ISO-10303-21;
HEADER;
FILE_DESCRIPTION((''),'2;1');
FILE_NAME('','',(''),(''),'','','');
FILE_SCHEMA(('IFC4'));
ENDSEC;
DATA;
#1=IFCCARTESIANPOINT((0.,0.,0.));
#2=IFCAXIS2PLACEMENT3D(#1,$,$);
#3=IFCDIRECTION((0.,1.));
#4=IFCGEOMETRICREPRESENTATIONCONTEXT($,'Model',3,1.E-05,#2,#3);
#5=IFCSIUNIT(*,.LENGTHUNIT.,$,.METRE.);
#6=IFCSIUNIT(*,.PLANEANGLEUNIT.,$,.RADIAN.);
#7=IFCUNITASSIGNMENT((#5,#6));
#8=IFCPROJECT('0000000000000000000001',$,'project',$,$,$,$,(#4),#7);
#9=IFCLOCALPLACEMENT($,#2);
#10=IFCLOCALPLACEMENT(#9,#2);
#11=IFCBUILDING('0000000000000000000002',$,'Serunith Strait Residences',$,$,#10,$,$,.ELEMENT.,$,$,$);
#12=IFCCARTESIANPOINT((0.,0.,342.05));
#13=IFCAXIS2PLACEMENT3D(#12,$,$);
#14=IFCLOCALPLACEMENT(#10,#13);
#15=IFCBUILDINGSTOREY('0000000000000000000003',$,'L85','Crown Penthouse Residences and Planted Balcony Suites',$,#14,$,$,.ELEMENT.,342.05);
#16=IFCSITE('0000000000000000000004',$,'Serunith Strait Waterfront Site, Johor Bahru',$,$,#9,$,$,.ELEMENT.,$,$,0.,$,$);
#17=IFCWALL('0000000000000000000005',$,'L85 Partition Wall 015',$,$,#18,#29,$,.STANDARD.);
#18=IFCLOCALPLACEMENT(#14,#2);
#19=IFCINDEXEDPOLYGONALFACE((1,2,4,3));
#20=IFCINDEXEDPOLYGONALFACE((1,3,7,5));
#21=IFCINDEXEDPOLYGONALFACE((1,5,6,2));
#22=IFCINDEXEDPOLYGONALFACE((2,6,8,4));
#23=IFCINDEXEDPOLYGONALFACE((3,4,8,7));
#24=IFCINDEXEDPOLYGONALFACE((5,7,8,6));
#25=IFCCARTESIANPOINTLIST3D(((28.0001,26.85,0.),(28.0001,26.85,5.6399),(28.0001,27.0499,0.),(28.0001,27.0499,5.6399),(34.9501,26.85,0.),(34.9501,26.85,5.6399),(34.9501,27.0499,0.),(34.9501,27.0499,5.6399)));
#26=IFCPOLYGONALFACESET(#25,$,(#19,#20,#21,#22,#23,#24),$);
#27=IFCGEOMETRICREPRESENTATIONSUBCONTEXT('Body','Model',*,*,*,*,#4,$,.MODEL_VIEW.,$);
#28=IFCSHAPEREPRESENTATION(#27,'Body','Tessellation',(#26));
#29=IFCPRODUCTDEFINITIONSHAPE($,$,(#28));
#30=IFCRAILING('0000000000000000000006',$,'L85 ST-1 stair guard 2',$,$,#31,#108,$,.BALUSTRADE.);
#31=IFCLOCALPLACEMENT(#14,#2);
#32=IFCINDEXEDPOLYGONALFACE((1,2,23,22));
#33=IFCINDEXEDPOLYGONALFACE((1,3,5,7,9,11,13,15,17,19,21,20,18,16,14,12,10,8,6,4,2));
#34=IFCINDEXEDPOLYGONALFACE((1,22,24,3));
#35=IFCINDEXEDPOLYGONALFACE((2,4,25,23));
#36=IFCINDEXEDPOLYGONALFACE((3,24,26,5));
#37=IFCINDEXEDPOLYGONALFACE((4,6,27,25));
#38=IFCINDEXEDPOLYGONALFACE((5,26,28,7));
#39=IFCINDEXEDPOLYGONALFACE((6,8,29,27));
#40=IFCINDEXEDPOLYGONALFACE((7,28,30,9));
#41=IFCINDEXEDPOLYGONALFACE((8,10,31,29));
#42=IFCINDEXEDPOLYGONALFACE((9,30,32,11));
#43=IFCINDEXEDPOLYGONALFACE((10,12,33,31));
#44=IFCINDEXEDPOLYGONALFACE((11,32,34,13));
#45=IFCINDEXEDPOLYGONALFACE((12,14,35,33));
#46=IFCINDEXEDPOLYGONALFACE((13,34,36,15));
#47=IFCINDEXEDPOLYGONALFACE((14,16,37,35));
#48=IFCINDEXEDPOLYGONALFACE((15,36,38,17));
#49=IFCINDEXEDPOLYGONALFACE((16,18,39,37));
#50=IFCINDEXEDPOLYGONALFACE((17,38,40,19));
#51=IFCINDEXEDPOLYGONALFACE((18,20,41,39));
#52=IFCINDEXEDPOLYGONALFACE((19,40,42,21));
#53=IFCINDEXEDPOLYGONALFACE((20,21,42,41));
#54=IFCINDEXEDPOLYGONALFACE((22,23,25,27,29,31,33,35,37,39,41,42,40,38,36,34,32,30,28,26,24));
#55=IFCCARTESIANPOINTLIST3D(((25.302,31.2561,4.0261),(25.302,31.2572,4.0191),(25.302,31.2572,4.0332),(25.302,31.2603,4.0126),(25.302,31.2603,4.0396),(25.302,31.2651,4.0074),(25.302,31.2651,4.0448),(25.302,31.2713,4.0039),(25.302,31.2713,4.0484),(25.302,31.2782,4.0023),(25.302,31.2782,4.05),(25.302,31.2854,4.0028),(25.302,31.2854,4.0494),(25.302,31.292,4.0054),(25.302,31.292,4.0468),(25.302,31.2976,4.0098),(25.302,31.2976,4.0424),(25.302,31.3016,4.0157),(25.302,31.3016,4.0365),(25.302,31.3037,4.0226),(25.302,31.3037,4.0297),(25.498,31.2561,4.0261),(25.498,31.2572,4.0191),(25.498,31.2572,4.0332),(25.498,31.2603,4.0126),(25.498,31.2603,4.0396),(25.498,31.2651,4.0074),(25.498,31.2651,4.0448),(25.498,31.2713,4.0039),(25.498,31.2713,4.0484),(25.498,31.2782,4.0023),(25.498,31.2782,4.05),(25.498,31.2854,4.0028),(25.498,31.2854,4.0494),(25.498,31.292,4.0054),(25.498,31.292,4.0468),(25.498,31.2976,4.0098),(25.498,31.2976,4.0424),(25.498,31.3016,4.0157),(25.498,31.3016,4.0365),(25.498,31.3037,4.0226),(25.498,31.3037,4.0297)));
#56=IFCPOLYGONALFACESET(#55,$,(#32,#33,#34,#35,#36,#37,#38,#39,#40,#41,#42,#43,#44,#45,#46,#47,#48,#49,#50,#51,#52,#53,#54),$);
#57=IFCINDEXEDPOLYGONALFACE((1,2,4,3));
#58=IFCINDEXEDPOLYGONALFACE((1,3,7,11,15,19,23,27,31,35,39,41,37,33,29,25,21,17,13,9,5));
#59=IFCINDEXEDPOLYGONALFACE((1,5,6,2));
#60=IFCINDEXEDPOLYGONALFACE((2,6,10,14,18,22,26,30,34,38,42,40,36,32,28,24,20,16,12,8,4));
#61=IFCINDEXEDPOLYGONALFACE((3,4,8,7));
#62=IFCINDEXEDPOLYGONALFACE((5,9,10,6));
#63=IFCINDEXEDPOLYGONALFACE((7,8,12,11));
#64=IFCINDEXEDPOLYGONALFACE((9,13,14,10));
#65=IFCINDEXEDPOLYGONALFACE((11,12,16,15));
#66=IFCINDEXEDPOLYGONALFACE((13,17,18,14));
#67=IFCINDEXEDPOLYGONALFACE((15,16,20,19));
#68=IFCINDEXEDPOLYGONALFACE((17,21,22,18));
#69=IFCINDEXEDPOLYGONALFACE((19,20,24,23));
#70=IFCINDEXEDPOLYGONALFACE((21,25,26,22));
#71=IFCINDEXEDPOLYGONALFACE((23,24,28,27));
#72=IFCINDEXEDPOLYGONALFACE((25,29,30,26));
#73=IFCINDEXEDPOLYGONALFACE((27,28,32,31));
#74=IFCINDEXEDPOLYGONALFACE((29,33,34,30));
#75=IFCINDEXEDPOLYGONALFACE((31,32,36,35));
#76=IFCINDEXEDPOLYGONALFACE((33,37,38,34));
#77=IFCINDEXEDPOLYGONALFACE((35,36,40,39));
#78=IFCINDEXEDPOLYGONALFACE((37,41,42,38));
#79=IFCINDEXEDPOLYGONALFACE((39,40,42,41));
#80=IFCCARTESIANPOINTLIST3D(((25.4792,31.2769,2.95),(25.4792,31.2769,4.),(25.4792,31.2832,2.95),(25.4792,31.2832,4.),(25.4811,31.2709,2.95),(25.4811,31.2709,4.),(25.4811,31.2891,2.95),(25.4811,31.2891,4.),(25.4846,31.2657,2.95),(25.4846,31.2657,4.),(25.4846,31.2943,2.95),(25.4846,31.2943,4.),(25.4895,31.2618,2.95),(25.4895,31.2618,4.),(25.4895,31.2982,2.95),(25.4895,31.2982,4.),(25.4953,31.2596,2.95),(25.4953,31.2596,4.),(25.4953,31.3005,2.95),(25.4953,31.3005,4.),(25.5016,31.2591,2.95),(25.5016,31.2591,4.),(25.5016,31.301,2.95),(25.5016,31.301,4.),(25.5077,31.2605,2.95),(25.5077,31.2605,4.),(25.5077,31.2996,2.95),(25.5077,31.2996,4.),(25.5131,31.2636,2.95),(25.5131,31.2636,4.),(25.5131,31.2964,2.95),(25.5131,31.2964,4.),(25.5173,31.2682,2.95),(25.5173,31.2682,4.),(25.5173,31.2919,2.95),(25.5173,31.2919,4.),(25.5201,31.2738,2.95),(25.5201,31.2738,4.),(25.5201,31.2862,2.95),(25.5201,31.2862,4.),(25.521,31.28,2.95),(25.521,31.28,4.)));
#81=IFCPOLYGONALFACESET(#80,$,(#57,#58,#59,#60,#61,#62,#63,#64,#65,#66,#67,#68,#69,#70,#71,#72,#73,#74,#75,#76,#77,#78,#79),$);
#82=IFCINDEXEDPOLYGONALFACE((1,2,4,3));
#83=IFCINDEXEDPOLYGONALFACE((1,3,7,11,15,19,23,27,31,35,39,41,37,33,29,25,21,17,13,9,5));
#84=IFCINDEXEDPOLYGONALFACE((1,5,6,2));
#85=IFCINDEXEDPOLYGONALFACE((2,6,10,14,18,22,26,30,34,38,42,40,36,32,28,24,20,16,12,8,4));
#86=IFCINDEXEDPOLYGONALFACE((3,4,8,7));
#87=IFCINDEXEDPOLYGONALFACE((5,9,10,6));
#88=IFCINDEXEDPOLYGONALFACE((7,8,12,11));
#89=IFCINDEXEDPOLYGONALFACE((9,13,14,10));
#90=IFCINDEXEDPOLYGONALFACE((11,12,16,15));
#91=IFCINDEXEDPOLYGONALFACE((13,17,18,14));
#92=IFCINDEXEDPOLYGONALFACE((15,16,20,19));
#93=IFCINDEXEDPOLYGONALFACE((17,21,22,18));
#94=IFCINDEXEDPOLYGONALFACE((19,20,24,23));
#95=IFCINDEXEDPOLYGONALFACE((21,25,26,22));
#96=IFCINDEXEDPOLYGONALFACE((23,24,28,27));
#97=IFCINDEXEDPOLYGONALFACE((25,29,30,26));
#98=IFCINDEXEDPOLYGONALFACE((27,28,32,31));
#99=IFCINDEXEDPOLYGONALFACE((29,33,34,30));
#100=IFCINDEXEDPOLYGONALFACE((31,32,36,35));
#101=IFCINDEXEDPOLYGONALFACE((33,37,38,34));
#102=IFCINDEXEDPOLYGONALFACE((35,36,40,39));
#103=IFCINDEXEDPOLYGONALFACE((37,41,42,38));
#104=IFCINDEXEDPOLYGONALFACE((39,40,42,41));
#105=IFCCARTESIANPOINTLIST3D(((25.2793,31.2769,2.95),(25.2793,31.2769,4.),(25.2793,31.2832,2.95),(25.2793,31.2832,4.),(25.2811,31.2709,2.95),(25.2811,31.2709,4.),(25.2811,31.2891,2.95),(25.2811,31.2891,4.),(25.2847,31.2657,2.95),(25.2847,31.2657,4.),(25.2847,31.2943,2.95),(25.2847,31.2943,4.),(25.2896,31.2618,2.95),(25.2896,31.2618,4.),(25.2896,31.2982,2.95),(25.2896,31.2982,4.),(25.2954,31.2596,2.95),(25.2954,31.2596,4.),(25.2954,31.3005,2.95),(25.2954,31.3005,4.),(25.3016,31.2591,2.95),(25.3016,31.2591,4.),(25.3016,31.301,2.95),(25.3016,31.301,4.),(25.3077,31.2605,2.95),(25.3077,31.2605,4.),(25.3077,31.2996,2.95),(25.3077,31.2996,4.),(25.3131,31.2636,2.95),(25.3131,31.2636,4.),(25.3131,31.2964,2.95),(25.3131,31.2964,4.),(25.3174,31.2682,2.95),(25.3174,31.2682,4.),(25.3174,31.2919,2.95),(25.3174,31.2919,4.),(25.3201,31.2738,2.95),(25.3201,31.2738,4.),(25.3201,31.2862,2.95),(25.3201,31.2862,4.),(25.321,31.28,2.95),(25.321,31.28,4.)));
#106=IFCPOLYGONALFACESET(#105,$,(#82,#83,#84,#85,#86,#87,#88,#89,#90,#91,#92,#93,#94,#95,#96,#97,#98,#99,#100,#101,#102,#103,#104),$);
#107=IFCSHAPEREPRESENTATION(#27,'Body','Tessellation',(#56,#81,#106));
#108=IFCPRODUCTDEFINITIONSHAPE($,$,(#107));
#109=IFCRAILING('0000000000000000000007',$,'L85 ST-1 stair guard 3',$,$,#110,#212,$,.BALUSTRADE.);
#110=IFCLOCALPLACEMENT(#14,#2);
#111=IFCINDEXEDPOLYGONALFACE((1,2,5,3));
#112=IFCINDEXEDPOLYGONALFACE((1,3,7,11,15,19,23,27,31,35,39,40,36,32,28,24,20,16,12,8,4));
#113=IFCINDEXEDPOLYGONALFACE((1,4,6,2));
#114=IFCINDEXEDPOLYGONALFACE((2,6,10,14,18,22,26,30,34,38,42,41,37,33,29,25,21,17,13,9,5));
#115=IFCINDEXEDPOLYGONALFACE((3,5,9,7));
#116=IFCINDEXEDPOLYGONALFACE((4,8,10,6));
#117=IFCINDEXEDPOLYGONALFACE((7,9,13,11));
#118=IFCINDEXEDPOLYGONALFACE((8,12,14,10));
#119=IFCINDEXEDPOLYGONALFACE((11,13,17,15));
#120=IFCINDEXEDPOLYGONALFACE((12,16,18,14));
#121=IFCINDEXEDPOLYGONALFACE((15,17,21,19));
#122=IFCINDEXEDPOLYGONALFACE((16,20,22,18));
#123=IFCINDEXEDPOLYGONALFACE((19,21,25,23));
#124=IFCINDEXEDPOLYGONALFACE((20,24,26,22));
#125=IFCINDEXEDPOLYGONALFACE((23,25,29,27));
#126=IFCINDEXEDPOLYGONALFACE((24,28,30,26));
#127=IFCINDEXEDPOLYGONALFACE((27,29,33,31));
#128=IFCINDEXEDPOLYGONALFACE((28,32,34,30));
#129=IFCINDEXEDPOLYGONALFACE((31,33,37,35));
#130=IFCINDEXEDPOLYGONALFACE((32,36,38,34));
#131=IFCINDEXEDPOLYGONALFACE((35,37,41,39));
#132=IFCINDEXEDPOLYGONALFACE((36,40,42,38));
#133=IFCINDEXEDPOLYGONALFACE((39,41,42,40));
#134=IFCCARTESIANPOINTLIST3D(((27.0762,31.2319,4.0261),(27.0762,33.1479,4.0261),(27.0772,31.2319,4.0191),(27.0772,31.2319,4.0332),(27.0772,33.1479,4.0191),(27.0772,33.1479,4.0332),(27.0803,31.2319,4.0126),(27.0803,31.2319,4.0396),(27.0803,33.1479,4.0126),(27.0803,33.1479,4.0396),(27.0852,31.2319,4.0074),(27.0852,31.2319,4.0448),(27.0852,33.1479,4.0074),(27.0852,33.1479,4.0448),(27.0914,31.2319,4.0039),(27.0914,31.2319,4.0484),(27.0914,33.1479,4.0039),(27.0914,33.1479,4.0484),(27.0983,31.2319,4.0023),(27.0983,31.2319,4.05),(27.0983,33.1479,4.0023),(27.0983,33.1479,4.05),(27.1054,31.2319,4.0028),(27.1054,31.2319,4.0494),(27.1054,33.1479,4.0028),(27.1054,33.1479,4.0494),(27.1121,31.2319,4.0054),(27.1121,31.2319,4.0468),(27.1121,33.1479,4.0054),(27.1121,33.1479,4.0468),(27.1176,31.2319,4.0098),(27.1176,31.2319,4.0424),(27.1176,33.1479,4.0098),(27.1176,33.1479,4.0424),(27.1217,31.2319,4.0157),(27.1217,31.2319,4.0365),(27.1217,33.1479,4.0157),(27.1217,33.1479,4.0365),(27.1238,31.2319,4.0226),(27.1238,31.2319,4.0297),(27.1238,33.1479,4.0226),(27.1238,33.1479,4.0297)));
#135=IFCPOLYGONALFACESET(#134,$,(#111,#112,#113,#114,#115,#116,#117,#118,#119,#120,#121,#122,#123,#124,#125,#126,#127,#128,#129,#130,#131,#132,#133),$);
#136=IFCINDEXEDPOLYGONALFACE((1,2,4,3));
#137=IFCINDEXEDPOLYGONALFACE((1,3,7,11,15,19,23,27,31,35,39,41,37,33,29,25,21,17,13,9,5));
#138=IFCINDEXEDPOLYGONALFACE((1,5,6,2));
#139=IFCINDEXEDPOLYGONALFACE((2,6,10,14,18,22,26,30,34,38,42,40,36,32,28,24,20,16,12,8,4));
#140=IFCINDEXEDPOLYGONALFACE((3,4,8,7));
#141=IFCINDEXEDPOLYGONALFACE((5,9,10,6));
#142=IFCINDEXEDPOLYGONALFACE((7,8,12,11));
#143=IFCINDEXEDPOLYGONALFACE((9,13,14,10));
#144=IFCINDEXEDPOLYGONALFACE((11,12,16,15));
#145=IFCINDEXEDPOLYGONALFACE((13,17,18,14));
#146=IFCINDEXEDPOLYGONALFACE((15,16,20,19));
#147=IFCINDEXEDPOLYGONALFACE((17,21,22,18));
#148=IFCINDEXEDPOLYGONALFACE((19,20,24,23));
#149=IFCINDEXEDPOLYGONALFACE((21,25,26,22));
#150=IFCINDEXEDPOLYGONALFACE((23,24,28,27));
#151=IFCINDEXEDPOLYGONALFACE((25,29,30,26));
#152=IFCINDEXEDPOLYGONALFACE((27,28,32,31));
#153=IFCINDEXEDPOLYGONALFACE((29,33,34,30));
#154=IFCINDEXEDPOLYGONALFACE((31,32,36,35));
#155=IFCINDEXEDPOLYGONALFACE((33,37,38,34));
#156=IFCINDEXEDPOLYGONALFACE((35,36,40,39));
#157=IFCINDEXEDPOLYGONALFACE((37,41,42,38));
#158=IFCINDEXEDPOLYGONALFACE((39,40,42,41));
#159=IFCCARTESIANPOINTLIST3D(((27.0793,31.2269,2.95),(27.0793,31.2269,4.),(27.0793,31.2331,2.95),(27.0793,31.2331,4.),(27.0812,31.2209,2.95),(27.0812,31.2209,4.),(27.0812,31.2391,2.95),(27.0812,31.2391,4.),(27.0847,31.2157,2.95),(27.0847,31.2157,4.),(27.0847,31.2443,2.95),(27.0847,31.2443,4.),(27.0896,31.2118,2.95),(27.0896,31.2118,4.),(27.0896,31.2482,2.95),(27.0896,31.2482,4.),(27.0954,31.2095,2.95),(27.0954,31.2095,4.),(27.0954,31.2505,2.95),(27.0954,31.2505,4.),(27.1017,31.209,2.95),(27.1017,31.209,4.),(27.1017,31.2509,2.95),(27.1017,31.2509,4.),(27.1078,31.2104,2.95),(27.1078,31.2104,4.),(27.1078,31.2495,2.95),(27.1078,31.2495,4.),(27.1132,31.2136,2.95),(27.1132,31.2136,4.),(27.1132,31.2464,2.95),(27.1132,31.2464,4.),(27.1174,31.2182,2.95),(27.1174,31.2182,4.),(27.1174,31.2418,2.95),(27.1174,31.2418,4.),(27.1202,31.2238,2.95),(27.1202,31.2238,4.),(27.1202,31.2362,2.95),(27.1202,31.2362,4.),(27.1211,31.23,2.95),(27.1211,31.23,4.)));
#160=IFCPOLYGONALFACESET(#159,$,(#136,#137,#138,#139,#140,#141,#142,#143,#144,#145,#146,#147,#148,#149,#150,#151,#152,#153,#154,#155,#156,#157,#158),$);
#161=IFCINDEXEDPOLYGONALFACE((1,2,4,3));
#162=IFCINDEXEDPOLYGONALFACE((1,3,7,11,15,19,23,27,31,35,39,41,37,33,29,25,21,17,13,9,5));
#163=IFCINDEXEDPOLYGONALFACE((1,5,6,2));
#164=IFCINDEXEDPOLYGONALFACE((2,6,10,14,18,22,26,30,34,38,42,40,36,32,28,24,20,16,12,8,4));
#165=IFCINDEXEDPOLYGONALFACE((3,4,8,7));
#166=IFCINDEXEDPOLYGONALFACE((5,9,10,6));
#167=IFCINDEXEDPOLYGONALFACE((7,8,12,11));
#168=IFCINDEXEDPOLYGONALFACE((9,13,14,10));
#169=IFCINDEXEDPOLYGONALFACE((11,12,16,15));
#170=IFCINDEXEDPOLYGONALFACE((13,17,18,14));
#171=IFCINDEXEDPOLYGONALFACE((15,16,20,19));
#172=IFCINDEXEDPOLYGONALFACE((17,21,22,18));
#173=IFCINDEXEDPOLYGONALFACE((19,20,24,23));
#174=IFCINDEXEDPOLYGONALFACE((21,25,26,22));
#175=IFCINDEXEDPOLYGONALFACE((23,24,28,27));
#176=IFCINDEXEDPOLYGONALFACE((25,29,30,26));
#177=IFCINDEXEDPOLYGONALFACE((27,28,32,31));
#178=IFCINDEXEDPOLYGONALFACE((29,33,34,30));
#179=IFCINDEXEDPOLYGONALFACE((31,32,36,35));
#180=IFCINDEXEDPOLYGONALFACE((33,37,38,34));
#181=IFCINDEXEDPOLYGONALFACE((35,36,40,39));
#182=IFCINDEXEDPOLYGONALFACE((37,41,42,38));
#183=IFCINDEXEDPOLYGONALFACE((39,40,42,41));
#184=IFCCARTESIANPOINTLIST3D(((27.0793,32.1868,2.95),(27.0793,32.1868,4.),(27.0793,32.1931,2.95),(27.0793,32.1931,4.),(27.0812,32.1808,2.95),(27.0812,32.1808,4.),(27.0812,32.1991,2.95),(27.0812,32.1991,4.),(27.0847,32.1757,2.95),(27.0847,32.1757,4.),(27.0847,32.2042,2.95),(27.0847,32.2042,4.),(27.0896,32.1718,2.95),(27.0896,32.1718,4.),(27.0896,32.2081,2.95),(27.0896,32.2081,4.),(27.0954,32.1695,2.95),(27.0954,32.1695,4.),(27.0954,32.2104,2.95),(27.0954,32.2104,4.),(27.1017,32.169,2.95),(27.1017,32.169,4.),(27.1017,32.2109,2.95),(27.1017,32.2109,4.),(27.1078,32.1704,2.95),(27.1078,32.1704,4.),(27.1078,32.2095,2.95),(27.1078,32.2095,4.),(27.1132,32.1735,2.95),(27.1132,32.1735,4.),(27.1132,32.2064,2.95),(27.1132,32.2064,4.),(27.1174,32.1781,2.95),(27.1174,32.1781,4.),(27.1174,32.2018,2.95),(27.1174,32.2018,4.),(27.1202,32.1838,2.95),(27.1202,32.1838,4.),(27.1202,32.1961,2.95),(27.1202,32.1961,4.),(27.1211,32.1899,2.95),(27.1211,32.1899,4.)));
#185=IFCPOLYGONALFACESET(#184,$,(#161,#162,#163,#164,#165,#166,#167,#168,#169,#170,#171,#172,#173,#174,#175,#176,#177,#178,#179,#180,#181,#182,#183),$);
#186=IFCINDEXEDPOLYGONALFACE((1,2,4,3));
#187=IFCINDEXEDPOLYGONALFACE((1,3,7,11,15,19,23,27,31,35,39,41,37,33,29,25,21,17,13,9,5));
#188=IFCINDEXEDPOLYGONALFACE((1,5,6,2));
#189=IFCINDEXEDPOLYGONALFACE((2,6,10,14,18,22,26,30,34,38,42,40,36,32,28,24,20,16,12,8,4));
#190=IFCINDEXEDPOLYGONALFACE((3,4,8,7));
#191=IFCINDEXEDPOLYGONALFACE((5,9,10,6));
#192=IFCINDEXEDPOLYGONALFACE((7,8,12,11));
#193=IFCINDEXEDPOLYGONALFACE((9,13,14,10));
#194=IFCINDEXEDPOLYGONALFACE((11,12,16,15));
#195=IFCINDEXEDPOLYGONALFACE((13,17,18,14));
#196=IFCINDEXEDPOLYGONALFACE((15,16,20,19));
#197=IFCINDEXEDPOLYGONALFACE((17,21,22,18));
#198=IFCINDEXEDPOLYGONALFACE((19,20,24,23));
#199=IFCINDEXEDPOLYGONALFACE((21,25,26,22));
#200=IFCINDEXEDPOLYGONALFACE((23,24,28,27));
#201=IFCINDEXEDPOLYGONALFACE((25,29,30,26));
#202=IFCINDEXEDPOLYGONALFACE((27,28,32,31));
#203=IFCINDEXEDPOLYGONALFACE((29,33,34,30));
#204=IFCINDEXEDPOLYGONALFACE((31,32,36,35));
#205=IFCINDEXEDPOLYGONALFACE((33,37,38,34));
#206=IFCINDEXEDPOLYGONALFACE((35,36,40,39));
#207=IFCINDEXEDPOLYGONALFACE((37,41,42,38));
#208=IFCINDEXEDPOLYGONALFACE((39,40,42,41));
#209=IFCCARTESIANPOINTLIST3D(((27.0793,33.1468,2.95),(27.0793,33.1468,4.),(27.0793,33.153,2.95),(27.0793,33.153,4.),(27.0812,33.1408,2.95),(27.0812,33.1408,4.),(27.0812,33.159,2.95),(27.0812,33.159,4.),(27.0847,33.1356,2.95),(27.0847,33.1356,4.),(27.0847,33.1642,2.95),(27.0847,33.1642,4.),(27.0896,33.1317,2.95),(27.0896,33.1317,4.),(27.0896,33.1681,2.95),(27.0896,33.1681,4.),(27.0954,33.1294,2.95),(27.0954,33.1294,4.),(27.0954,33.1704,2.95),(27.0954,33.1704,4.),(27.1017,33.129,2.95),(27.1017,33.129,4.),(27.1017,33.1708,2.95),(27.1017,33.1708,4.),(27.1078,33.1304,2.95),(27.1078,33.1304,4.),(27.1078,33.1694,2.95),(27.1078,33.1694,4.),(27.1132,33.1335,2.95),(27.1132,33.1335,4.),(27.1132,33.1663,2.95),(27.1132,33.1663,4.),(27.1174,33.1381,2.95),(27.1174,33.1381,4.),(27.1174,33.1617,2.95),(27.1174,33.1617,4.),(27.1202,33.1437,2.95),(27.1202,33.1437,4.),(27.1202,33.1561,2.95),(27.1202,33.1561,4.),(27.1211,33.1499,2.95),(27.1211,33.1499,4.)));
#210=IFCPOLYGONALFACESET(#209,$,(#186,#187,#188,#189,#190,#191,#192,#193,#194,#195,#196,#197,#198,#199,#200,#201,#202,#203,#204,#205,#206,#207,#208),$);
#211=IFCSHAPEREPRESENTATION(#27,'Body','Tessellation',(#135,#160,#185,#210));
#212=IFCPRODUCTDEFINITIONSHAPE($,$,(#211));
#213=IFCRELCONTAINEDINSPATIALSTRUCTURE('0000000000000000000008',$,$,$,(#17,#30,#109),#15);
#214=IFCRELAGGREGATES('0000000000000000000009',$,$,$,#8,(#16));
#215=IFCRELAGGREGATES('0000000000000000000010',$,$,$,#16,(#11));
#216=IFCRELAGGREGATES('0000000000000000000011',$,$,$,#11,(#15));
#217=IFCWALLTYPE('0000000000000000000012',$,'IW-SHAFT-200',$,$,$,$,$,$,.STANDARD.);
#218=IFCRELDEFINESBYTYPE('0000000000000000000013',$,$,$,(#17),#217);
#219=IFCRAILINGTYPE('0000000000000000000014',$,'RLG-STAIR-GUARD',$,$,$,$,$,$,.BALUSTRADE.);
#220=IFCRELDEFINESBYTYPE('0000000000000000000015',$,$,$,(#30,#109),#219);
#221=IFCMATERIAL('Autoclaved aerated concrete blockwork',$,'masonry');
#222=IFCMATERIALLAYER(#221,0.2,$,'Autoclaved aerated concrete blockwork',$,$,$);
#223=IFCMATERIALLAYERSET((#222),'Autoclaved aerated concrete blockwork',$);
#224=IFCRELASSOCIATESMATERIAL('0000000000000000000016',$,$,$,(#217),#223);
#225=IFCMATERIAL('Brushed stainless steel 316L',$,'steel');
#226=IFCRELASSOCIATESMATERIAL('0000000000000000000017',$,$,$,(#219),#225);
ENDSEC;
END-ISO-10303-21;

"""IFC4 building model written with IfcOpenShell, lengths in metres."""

from ifc_helpers import new_model, si_unit, direction, frame, frame_2d, origin, origin_2d, place, context, subcontext, project, spatial, rectangle, circle, extrude, material, layer, layer_set, type_object, element, save


model = new_model("IFC4")

# Units and contexts
model_context = context("Model", 3, precision=1e-05, world=origin(), true_north=direction((0.0, 1.0)))
body_context = subcontext(model_context, "Body", "Model", "MODEL_VIEW")
ifc_project = project(units=[si_unit("LENGTHUNIT", "METRE"), si_unit("PLANEANGLEUNIT", "RADIAN")], contexts=[model_context])

# Site, building, storey
site_placement = place(None, origin())
site = spatial("IfcSite", under=ifc_project, at=site_placement, Name="Serunith Strait Waterfront Site, Johor Bahru", CompositionType="ELEMENT", RefElevation=0.0)
building_placement = place(site_placement, origin())
building = spatial("IfcBuilding", under=site, at=building_placement, Name="Serunith Strait Residences", CompositionType="ELEMENT")
storey_placement = place(building_placement, frame((0.0, 0.0, 342.05)))
storey = spatial("IfcBuildingStorey", under=building, at=storey_placement, Name="L85", Description="Crown Penthouse Residences and Planted Balcony Suites", CompositionType="ELEMENT", Elevation=342.05)

# Shared definitions
ifc_material_1 = material(Name="Autoclaved aerated concrete blockwork", Category="masonry")
ifc_layer_1 = layer(ifc_material_1, 0.2, Name="Autoclaved aerated concrete blockwork")
ifc_layer_set_1 = layer_set([ifc_layer_1], Name="Autoclaved aerated concrete blockwork")
wall_type_1 = type_object("IfcWallType", Name="IW-SHAFT-200", PredefinedType="STANDARD", material=ifc_layer_set_1)

# Wall
wall_1_placement = place(storey_placement, frame((28.0, 26.95, 0.0), z_axis=(0.0, 0.0, 1.0), x_axis=(1.0, 0.0, 0.0)))
element("IfcWall", 1, at=wall_1_placement, inside=storey, type_object=wall_type_1, Name="L85 Partition Wall 015", PredefinedType="STANDARD", context=body_context, shape_type="SweptSolid", body=[
    extrude(rectangle(XDim=6.95, YDim=0.2, at=frame_2d((3.4751, 0.0))), origin(), (0.0, 0.0, 1.0), 5.6399),
])

# Railings
ifc_material_2 = material(Name="Brushed stainless steel 316L", Category="steel")
railing_type_1 = type_object("IfcRailingType", Name="RLG-STAIR-GUARD", PredefinedType="BALUSTRADE", material=ifc_material_2)
railing_1_placement = place(storey_placement, frame((25.5, 31.28, 2.95)))
element("IfcRailing", 2, at=railing_1_placement, inside=storey, type_object=railing_type_1, Name="L85 ST-1 stair guard 2", PredefinedType="BALUSTRADE", context=body_context, shape_type="SweptSolid", body=[
    extrude(circle(Radius=0.0239, at=origin_2d()), frame((-0.002, 0.0, 1.0762), z_axis=(-1.0, 0.0, 0.0), x_axis=(0.0, -1.0, 0.0)), (0.0, 0.0, 1.0), 0.196),
    extrude(circle(Radius=0.021, at=origin_2d()), origin(), (0.0, 0.0, 1.0), 1.05),
    extrude(circle(Radius=0.021, at=origin_2d()), frame((-0.2, 0.0, 0.0)), (0.0, 0.0, 1.0), 1.05),
])
for number, where, name in (
    (3, (27.1001, 31.23, 2.95), "L85 ST-1 stair guard 3"),
):
    element("IfcRailing", number, at=place(storey_placement, frame(where)), inside=storey, type_object=railing_type_1, Name=name, PredefinedType="BALUSTRADE", context=body_context, shape_type="SweptSolid", body=[
        extrude(circle(Radius=0.0239, at=origin_2d()), frame((0.0, 0.002, 1.0762), z_axis=(0.0, 1.0, 0.0), x_axis=(-1.0, 0.0, 0.0)), (0.0, 0.0, 1.0), 1.916),
        extrude(circle(Radius=0.021, at=origin_2d()), origin(), (0.0, 0.0, 1.0), 1.05),
        extrude(circle(Radius=0.021, at=origin_2d()), frame((0.0, 0.96, 0.0)), (0.0, 0.0, 1.0), 1.05),
        extrude(circle(Radius=0.021, at=origin_2d()), frame((0.0, 1.9199, 0.0)), (0.0, 0.0, 1.0), 1.05),
    ])

save(model, "model.ifc")
